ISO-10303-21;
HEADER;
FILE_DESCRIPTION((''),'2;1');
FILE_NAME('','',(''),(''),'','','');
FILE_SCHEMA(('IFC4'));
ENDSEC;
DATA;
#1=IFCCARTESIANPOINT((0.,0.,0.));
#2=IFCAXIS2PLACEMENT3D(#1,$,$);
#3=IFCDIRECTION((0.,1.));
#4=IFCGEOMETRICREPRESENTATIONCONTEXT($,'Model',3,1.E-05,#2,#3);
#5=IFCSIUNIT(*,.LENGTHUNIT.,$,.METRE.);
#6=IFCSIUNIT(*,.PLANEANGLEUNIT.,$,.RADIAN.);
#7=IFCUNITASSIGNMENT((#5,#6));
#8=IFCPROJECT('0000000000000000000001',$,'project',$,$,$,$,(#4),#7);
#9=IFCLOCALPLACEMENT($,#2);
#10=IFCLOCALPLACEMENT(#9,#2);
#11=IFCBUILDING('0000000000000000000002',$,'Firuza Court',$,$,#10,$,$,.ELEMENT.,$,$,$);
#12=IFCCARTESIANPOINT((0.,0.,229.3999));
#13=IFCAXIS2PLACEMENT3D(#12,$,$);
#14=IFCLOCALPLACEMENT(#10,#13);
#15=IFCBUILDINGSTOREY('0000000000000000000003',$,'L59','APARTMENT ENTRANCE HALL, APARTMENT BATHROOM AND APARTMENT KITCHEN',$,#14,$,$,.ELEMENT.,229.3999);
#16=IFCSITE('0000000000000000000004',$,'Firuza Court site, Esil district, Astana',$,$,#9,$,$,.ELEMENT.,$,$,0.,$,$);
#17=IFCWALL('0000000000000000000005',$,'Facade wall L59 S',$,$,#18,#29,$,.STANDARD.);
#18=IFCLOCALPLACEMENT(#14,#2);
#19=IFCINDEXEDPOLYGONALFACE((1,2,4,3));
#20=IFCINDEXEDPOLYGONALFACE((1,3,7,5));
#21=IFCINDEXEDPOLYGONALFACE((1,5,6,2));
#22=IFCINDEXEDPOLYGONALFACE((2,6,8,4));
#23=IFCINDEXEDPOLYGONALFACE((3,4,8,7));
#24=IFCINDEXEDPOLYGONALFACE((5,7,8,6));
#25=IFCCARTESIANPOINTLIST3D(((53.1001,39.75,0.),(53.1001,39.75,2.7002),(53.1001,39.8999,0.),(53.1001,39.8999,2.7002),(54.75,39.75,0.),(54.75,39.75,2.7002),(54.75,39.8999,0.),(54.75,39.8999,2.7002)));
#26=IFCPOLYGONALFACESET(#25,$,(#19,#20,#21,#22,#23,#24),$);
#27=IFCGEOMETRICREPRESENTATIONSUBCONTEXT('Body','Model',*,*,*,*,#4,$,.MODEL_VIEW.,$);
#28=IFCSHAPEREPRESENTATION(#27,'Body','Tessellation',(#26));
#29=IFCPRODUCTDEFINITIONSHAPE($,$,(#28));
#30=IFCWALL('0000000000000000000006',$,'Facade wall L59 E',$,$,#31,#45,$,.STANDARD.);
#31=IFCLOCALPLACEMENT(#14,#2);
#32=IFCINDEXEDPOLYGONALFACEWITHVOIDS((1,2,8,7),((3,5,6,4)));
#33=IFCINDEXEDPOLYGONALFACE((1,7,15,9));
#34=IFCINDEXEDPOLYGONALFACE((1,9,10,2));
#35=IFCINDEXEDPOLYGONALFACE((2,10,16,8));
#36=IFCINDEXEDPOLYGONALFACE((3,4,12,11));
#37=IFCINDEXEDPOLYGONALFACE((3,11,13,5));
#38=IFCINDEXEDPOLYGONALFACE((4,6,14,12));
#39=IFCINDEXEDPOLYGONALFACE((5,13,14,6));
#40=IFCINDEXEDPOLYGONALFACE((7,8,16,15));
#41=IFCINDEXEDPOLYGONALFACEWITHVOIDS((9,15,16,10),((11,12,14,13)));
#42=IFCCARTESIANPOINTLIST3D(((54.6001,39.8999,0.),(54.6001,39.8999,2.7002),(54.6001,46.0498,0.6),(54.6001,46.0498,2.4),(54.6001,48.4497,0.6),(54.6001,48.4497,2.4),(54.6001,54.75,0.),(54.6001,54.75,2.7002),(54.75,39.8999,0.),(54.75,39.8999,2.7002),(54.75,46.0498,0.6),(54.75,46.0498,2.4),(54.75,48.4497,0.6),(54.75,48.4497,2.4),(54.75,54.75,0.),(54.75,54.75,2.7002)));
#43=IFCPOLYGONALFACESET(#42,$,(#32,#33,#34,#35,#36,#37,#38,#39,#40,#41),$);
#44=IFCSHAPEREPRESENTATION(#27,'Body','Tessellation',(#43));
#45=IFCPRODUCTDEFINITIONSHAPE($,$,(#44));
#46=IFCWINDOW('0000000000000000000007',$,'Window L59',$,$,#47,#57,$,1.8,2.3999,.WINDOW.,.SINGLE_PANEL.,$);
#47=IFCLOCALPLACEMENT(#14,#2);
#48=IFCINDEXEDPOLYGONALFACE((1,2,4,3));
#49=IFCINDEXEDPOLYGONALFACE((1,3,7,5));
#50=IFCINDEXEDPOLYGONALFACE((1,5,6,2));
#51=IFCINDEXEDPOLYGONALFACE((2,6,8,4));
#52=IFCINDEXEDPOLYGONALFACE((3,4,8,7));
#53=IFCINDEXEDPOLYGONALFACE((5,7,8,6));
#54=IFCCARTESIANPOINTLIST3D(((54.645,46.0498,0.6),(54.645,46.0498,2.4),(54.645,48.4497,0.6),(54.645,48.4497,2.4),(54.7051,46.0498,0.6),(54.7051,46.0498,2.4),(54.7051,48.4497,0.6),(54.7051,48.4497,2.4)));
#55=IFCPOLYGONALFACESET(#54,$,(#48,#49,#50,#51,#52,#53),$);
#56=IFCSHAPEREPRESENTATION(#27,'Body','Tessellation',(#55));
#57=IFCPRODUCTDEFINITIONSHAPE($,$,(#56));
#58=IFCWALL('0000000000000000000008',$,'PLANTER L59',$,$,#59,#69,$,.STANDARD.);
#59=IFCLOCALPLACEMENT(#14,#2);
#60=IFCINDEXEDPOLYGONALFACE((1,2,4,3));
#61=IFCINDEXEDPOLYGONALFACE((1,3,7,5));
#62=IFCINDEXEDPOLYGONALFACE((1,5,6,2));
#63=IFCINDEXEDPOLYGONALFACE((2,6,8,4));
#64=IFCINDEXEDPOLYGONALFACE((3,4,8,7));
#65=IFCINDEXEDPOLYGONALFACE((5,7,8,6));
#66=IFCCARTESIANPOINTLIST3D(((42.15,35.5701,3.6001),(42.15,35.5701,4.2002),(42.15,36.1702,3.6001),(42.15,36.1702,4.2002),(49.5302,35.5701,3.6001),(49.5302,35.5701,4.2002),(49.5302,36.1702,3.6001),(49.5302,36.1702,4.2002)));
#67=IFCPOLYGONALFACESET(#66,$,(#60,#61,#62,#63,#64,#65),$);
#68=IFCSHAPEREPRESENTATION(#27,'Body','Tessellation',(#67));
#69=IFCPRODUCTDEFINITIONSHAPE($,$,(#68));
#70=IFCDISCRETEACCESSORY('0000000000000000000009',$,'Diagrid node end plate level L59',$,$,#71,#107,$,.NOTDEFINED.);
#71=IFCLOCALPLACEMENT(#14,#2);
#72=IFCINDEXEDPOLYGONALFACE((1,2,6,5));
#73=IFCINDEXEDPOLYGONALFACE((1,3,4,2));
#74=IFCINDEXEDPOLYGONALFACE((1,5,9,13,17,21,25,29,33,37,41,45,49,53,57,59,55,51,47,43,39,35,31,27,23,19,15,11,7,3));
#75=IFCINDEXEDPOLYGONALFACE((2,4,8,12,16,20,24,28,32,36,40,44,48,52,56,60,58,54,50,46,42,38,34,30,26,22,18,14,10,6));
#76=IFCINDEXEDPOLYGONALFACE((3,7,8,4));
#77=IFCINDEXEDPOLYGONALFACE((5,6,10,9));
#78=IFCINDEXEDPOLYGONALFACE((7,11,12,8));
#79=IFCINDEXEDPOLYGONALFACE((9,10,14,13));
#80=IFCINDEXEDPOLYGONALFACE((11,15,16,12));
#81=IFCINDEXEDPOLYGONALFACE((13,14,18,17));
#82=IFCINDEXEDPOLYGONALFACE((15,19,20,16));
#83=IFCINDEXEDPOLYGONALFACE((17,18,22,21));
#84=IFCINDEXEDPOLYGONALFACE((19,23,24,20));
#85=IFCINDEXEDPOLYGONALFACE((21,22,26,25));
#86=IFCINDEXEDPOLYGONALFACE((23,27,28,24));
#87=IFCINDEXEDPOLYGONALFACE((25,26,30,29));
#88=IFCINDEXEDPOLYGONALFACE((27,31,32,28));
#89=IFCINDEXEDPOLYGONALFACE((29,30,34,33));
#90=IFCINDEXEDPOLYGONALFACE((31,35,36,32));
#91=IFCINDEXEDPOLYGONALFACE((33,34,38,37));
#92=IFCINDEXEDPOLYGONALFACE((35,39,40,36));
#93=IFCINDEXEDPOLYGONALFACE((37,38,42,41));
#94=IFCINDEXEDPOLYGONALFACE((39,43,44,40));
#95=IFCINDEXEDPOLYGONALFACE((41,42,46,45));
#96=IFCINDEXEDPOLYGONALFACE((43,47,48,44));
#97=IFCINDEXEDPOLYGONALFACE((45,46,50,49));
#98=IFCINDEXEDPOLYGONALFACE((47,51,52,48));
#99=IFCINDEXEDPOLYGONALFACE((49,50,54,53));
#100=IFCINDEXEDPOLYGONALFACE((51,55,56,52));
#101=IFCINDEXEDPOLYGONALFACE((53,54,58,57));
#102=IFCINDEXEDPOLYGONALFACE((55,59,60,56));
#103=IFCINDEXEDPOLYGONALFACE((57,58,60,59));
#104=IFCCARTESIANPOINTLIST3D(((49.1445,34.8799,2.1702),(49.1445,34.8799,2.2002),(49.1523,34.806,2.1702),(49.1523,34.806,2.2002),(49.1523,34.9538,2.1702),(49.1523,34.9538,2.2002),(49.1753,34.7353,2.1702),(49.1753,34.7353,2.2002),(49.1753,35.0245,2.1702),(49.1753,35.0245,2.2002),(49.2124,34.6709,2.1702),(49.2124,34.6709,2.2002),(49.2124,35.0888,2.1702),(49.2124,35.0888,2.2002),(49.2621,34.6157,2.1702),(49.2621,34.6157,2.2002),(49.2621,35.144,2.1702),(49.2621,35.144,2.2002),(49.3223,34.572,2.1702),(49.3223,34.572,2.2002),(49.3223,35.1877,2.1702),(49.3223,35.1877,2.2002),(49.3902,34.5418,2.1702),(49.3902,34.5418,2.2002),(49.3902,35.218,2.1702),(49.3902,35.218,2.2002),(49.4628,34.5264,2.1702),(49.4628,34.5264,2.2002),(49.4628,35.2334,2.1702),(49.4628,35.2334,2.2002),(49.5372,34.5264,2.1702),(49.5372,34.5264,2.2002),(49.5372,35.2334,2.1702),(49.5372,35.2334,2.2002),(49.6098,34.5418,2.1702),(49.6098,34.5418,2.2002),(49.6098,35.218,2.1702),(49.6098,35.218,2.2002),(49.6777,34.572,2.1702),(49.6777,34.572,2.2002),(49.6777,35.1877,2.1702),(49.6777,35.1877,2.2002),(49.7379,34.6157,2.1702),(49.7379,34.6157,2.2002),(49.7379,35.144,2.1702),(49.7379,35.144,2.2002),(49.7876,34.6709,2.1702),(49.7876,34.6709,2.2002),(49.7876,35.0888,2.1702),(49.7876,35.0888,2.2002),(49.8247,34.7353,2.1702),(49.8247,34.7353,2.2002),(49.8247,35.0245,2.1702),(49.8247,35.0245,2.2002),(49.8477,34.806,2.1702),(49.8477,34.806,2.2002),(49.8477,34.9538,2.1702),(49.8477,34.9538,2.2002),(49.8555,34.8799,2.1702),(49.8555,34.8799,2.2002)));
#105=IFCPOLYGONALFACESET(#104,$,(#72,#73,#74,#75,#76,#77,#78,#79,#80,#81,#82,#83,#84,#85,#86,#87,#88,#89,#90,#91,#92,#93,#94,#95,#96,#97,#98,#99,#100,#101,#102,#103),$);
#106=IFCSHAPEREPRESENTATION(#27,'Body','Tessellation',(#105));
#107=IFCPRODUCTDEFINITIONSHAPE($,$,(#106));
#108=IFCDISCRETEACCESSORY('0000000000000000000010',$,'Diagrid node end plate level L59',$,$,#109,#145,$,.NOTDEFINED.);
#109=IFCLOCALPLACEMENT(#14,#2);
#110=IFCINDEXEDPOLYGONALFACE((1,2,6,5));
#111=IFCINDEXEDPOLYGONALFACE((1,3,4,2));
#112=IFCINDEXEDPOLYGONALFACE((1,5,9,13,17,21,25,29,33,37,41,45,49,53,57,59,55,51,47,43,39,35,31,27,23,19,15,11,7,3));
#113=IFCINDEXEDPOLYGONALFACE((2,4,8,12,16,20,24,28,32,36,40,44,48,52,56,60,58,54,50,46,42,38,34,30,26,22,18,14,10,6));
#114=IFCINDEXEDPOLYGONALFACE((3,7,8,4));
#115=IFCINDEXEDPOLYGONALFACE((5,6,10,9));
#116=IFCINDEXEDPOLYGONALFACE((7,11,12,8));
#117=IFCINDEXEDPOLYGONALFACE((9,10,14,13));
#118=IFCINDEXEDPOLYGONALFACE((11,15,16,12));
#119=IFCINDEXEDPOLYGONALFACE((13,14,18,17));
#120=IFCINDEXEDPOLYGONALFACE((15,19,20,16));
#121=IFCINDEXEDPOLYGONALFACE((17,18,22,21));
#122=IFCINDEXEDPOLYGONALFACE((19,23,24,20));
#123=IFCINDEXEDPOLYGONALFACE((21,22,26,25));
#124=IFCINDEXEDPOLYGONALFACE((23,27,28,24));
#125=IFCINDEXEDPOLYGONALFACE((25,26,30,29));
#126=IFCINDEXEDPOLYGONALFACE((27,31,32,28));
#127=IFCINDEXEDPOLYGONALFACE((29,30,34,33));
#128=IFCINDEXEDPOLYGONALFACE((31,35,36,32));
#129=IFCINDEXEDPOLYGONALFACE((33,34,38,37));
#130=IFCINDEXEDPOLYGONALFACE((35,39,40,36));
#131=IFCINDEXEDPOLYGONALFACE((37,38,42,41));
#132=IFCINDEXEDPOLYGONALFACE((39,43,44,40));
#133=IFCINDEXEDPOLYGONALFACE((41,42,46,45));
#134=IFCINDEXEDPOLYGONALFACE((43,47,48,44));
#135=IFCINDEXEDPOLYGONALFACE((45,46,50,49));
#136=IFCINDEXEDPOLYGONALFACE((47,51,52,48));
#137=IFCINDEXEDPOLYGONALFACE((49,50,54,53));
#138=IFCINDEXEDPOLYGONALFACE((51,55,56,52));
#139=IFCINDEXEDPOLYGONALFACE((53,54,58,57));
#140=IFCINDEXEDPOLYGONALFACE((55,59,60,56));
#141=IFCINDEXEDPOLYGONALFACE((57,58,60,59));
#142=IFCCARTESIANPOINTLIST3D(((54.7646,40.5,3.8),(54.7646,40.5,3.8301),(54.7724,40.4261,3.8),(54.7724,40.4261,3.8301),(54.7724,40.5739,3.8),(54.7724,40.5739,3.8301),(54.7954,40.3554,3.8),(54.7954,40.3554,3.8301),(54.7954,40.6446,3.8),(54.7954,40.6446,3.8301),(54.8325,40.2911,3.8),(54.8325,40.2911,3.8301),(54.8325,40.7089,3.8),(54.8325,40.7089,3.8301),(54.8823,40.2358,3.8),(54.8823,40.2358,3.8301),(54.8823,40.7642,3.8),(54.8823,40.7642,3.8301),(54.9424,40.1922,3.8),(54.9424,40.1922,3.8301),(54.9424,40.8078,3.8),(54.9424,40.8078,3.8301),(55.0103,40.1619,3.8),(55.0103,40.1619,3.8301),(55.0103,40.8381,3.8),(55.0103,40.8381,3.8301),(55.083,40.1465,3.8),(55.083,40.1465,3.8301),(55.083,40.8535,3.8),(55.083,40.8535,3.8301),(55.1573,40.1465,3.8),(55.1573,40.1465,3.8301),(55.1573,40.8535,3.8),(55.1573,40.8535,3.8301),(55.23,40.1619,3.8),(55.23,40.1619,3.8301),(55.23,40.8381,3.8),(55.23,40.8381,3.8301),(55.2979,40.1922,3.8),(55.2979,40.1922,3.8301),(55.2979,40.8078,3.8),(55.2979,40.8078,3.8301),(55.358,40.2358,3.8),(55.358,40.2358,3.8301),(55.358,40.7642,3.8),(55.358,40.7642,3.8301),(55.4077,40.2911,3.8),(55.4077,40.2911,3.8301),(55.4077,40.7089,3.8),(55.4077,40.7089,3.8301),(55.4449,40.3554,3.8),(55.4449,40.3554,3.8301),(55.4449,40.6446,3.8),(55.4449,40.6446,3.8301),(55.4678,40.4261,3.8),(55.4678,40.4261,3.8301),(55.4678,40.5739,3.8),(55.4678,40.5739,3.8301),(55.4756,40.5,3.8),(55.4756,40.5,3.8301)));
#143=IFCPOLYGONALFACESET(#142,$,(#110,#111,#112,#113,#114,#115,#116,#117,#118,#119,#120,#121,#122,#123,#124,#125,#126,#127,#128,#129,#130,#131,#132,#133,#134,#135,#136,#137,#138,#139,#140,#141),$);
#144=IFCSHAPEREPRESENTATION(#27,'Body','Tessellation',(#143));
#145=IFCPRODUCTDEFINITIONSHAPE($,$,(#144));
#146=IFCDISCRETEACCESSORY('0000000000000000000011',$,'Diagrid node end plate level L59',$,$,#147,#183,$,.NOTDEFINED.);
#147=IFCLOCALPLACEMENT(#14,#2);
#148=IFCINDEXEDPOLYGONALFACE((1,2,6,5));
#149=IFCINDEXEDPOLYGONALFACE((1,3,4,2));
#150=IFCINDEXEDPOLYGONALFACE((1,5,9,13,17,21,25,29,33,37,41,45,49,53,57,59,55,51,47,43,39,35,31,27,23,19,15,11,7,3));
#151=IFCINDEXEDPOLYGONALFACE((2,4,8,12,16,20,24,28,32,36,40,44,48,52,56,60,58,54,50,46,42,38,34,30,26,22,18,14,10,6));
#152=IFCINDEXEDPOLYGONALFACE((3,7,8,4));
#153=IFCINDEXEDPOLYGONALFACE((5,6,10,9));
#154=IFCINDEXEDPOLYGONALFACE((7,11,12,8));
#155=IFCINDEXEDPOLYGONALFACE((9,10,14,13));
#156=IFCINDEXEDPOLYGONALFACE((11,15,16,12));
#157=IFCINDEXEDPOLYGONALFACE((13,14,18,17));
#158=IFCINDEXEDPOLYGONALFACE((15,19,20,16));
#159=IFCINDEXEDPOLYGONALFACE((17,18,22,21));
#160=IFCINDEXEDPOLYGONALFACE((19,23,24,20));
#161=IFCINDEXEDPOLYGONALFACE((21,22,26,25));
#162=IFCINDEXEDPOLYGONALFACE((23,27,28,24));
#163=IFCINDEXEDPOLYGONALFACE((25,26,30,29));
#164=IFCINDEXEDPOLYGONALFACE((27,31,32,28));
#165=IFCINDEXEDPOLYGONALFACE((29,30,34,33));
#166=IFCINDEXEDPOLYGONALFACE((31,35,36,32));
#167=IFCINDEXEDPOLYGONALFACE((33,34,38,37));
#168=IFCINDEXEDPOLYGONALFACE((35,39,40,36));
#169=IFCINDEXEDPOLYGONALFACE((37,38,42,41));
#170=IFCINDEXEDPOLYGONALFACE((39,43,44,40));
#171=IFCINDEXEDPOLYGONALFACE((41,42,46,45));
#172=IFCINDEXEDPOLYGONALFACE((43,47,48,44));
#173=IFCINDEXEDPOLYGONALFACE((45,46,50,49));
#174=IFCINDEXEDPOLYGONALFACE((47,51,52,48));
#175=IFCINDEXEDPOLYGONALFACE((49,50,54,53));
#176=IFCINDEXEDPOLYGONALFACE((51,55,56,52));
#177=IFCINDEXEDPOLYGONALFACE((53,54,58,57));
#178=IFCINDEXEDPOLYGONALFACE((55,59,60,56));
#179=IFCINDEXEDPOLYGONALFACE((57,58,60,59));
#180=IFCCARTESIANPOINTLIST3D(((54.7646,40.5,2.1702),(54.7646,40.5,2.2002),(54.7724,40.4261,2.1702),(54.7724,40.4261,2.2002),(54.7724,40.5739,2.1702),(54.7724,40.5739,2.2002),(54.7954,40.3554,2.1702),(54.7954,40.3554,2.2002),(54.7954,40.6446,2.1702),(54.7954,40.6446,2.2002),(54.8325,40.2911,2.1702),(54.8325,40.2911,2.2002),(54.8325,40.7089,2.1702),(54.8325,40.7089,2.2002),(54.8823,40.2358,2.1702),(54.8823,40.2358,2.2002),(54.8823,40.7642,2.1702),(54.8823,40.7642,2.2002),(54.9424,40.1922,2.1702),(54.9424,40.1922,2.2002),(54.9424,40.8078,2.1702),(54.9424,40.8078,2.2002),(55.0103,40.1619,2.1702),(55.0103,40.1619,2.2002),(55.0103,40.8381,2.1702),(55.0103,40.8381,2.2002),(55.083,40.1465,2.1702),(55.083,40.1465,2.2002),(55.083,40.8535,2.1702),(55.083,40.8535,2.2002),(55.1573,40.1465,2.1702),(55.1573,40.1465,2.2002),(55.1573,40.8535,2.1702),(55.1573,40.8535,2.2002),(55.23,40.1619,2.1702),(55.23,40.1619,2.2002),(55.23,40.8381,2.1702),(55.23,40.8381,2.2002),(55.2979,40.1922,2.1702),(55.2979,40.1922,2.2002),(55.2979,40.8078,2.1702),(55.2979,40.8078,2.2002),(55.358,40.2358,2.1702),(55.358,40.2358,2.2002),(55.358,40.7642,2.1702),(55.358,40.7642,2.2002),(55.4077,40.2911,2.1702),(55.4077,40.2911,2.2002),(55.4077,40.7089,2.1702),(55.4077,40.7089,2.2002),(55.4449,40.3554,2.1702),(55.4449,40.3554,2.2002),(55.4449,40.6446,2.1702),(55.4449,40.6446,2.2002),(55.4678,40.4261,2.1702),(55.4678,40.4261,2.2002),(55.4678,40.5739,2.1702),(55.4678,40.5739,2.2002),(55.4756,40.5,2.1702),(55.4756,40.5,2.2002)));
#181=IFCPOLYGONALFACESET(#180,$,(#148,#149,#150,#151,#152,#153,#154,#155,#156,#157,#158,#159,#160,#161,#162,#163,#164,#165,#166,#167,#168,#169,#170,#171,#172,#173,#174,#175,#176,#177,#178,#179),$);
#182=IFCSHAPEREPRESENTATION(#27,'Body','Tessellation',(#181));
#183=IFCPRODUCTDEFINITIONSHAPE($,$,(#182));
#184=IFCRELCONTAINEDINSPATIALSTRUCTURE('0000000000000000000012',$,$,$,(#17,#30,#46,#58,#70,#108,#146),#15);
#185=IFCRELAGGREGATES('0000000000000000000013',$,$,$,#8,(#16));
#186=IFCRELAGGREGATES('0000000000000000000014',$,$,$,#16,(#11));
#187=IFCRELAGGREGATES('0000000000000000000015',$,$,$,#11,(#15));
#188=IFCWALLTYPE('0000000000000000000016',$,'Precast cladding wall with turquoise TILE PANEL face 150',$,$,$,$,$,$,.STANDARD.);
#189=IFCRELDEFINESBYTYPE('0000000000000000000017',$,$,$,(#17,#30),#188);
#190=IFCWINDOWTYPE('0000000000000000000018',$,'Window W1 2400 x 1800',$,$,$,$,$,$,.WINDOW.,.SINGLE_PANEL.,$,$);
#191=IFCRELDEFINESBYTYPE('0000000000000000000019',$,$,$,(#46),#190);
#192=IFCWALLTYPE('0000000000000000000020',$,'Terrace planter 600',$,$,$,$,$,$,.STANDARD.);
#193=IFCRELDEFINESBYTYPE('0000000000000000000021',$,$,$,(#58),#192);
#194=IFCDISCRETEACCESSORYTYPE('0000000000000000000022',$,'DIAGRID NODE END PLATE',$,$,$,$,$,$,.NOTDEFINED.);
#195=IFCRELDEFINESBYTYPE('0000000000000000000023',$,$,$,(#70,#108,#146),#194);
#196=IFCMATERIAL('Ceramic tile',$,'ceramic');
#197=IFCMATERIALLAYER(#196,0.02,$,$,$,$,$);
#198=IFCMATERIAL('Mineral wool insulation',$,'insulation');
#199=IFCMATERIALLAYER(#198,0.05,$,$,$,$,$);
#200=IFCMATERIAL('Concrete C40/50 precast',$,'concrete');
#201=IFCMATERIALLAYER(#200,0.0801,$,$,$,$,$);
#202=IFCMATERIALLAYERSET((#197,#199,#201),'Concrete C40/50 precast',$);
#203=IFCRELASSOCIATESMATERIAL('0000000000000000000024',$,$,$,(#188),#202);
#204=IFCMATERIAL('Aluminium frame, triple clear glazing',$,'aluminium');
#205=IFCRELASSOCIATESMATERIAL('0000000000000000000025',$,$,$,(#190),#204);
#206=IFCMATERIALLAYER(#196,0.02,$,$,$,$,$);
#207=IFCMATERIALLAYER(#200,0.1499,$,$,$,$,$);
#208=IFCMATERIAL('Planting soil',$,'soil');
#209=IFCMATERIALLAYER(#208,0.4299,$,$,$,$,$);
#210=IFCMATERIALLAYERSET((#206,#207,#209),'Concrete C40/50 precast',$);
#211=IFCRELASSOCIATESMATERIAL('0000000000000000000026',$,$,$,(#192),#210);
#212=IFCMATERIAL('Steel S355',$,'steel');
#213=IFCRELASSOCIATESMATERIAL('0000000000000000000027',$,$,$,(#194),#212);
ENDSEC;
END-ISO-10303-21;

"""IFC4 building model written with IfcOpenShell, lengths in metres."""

from ifc_helpers import new_model, si_unit, direction, frame, frame_2d, origin, origin_2d, place, context, subcontext, project, spatial, rectangle, circle, extrude, material, layer, layer_set, material_profile, profile_set, type_object, element, fill, save


model = new_model("IFC4")

# Units and contexts
model_context = context("Model", 3, precision=1e-05, world=origin(), true_north=direction((0.0, 1.0)))
body_context = subcontext(model_context, "Body", "Model", "MODEL_VIEW")
ifc_project = project(units=[si_unit("LENGTHUNIT", "METRE"), si_unit("PLANEANGLEUNIT", "RADIAN")], contexts=[model_context])

# Site, building, storey
site_placement = place(None, origin())
site = spatial("IfcSite", under=ifc_project, at=site_placement, Name="Firuza Court site, Esil district, Astana", CompositionType="ELEMENT", RefElevation=0.0)
building_placement = place(site_placement, origin())
building = spatial("IfcBuilding", under=site, at=building_placement, Name="Firuza Court", CompositionType="ELEMENT")
storey_placement = place(building_placement, frame((0.0, 0.0, 229.3999)))
storey = spatial("IfcBuildingStorey", under=building, at=storey_placement, Name="L59", Description="APARTMENT ENTRANCE HALL, APARTMENT BATHROOM AND APARTMENT KITCHEN", CompositionType="ELEMENT", Elevation=229.3999)

# Wall
ifc_material_1 = material(Name="Ceramic tile", Category="ceramic")
ifc_layer_1 = layer(ifc_material_1, 0.02)
ifc_material_2 = material(Name="Mineral wool insulation", Category="insulation")
ifc_layer_2 = layer(ifc_material_2, 0.05)
ifc_material_3 = material(Name="Concrete C40/50 precast", Category="concrete")
ifc_layer_3 = layer(ifc_material_3, 0.0801)
ifc_layer_set_1 = layer_set([ifc_layer_1, ifc_layer_2, ifc_layer_3], Name="Concrete C40/50 precast")
wall_type_1 = type_object("IfcWallType", Name="Precast cladding wall with turquoise TILE PANEL face 150", PredefinedType="STANDARD", material=ifc_layer_set_1)
wall_1_placement = place(storey_placement, frame((53.1001, 39.825, 0.0), z_axis=(0.0, 0.0, 1.0), x_axis=(1.0, 0.0, 0.0)))
element("IfcWall", 1, at=wall_1_placement, inside=storey, type_object=wall_type_1, Name="Facade wall L59 S", PredefinedType="STANDARD", context=body_context, shape_type="SweptSolid", body=[
    extrude(rectangle(XDim=1.6499, YDim=0.1499, at=frame_2d((0.825, 0.0))), origin(), (0.0, 0.0, 1.0), 2.7002),
])

# Wall, opening, window
wall_2_placement = place(storey_placement, frame((54.675, 39.8999, 0.0), z_axis=(0.0, 0.0, 1.0), x_axis=(0.0, 1.0, 0.0)))
wall_2 = element("IfcWall", 2, at=wall_2_placement, inside=storey, type_object=wall_type_1, Name="Facade wall L59 E", PredefinedType="STANDARD", context=body_context, shape_type="SweptSolid", body=[
    extrude(rectangle(XDim=14.8501, YDim=0.1499, at=frame_2d((7.425, 0.0))), origin(), (0.0, 0.0, 1.0), 2.7002),
])
opening_placement = place(wall_2_placement, frame((6.1499, 0.0, 0.6001)))
opening = element("IfcOpeningElement", 3, at=opening_placement, cuts=wall_2, PredefinedType="OPENING", context=body_context, shape_type="SweptSolid", body=[
    extrude(rectangle(XDim=2.3999, YDim=1.8, at=frame_2d((1.2, 0.8999))), frame((0.0, 0.0869, 0.0), z_axis=(0.0, -1.0, 0.0), x_axis=(1.0, 0.0, 0.0)), (0.0, 0.0, 1.0), 0.1738),
])
ifc_material_4 = material(Name="Aluminium frame, triple clear glazing", Category="aluminium")
window_type = type_object("IfcWindowType", Name="Window W1 2400 x 1800", PartitioningType="SINGLE_PANEL", PredefinedType="WINDOW", material=ifc_material_4)
window_placement = place(opening_placement, origin())
window = element("IfcWindow", 4, at=window_placement, inside=storey, type_object=window_type, Name="Window L59", OverallHeight=1.8, OverallWidth=2.3999, PartitioningType="SINGLE_PANEL", PredefinedType="WINDOW", context=body_context, shape_type="SweptSolid", body=[
    extrude(rectangle(XDim=2.3999, YDim=1.8, at=frame_2d((1.2, 0.8999))), frame((0.0, 0.03, 0.0), z_axis=(0.0, -1.0, 0.0), x_axis=(1.0, 0.0, 0.0)), (0.0, 0.0, 1.0), 0.0601),
])
fill(opening, window)

# Wall
ifc_layer_4 = layer(ifc_material_1, 0.02)
ifc_layer_5 = layer(ifc_material_3, 0.1499)
ifc_material_5 = material(Name="Planting soil", Category="soil")
ifc_layer_6 = layer(ifc_material_5, 0.4299)
ifc_layer_set_2 = layer_set([ifc_layer_4, ifc_layer_5, ifc_layer_6], Name="Concrete C40/50 precast")
wall_type_2 = type_object("IfcWallType", Name="Terrace planter 600", PredefinedType="STANDARD", material=ifc_layer_set_2)
wall_3_placement = place(storey_placement, frame((49.53, 35.8701, 3.6001), z_axis=(0.0, 0.0, 1.0), x_axis=(-1.0, 0.0, 0.0)))
element("IfcWall", 5, at=wall_3_placement, inside=storey, type_object=wall_type_2, Name="PLANTER L59", PredefinedType="STANDARD", context=body_context, shape_type="SweptSolid", body=[
    extrude(rectangle(XDim=7.3801, YDim=0.6001, at=frame_2d((3.6899, 0.0))), origin(), (0.0, 0.0, 1.0), 0.6001),
])

# Discrete accessories
ifc_material_6 = material(Name="Steel S355", Category="steel")
ifc_material_profile_1 = material_profile(ifc_material_6, circle(Radius=0.3555, at=origin_2d()), Name="PL D711")
ifc_profile_set_1 = profile_set([ifc_material_profile_1], Name="Steel S355")
discrete_accessory_type = type_object("IfcDiscreteAccessoryType", Name="DIAGRID NODE END PLATE", PredefinedType="NOTDEFINED", material=ifc_profile_set_1)
for number, where, z_axis, x_axis, name in (
    (6, (49.5, 34.8799, 2.1702), (0.0, 0.0, 1.0), (1.0, 0.0, 0.0), "Diagrid node end plate level L59"),
    (7, (55.1201, 40.5, 3.8), (0.0, 0.0, 1.0), (1.0, 0.0, 0.0), "Diagrid node end plate level L59"),
    (8, (55.1201, 40.5, 2.1702), (0.0, 0.0, 1.0), (1.0, 0.0, 0.0), "Diagrid node end plate level L59"),
):
    element("IfcDiscreteAccessory", number, at=place(storey_placement, frame(where, z_axis=z_axis, x_axis=x_axis)), inside=storey, type_object=discrete_accessory_type, Name=name, PredefinedType="NOTDEFINED", context=body_context, shape_type="SweptSolid", body=[
        extrude(circle(Radius=0.3555, at=origin_2d()), origin(), (0.0, 0.0, 1.0), 0.03),
    ])

save(model, "model.ifc")
